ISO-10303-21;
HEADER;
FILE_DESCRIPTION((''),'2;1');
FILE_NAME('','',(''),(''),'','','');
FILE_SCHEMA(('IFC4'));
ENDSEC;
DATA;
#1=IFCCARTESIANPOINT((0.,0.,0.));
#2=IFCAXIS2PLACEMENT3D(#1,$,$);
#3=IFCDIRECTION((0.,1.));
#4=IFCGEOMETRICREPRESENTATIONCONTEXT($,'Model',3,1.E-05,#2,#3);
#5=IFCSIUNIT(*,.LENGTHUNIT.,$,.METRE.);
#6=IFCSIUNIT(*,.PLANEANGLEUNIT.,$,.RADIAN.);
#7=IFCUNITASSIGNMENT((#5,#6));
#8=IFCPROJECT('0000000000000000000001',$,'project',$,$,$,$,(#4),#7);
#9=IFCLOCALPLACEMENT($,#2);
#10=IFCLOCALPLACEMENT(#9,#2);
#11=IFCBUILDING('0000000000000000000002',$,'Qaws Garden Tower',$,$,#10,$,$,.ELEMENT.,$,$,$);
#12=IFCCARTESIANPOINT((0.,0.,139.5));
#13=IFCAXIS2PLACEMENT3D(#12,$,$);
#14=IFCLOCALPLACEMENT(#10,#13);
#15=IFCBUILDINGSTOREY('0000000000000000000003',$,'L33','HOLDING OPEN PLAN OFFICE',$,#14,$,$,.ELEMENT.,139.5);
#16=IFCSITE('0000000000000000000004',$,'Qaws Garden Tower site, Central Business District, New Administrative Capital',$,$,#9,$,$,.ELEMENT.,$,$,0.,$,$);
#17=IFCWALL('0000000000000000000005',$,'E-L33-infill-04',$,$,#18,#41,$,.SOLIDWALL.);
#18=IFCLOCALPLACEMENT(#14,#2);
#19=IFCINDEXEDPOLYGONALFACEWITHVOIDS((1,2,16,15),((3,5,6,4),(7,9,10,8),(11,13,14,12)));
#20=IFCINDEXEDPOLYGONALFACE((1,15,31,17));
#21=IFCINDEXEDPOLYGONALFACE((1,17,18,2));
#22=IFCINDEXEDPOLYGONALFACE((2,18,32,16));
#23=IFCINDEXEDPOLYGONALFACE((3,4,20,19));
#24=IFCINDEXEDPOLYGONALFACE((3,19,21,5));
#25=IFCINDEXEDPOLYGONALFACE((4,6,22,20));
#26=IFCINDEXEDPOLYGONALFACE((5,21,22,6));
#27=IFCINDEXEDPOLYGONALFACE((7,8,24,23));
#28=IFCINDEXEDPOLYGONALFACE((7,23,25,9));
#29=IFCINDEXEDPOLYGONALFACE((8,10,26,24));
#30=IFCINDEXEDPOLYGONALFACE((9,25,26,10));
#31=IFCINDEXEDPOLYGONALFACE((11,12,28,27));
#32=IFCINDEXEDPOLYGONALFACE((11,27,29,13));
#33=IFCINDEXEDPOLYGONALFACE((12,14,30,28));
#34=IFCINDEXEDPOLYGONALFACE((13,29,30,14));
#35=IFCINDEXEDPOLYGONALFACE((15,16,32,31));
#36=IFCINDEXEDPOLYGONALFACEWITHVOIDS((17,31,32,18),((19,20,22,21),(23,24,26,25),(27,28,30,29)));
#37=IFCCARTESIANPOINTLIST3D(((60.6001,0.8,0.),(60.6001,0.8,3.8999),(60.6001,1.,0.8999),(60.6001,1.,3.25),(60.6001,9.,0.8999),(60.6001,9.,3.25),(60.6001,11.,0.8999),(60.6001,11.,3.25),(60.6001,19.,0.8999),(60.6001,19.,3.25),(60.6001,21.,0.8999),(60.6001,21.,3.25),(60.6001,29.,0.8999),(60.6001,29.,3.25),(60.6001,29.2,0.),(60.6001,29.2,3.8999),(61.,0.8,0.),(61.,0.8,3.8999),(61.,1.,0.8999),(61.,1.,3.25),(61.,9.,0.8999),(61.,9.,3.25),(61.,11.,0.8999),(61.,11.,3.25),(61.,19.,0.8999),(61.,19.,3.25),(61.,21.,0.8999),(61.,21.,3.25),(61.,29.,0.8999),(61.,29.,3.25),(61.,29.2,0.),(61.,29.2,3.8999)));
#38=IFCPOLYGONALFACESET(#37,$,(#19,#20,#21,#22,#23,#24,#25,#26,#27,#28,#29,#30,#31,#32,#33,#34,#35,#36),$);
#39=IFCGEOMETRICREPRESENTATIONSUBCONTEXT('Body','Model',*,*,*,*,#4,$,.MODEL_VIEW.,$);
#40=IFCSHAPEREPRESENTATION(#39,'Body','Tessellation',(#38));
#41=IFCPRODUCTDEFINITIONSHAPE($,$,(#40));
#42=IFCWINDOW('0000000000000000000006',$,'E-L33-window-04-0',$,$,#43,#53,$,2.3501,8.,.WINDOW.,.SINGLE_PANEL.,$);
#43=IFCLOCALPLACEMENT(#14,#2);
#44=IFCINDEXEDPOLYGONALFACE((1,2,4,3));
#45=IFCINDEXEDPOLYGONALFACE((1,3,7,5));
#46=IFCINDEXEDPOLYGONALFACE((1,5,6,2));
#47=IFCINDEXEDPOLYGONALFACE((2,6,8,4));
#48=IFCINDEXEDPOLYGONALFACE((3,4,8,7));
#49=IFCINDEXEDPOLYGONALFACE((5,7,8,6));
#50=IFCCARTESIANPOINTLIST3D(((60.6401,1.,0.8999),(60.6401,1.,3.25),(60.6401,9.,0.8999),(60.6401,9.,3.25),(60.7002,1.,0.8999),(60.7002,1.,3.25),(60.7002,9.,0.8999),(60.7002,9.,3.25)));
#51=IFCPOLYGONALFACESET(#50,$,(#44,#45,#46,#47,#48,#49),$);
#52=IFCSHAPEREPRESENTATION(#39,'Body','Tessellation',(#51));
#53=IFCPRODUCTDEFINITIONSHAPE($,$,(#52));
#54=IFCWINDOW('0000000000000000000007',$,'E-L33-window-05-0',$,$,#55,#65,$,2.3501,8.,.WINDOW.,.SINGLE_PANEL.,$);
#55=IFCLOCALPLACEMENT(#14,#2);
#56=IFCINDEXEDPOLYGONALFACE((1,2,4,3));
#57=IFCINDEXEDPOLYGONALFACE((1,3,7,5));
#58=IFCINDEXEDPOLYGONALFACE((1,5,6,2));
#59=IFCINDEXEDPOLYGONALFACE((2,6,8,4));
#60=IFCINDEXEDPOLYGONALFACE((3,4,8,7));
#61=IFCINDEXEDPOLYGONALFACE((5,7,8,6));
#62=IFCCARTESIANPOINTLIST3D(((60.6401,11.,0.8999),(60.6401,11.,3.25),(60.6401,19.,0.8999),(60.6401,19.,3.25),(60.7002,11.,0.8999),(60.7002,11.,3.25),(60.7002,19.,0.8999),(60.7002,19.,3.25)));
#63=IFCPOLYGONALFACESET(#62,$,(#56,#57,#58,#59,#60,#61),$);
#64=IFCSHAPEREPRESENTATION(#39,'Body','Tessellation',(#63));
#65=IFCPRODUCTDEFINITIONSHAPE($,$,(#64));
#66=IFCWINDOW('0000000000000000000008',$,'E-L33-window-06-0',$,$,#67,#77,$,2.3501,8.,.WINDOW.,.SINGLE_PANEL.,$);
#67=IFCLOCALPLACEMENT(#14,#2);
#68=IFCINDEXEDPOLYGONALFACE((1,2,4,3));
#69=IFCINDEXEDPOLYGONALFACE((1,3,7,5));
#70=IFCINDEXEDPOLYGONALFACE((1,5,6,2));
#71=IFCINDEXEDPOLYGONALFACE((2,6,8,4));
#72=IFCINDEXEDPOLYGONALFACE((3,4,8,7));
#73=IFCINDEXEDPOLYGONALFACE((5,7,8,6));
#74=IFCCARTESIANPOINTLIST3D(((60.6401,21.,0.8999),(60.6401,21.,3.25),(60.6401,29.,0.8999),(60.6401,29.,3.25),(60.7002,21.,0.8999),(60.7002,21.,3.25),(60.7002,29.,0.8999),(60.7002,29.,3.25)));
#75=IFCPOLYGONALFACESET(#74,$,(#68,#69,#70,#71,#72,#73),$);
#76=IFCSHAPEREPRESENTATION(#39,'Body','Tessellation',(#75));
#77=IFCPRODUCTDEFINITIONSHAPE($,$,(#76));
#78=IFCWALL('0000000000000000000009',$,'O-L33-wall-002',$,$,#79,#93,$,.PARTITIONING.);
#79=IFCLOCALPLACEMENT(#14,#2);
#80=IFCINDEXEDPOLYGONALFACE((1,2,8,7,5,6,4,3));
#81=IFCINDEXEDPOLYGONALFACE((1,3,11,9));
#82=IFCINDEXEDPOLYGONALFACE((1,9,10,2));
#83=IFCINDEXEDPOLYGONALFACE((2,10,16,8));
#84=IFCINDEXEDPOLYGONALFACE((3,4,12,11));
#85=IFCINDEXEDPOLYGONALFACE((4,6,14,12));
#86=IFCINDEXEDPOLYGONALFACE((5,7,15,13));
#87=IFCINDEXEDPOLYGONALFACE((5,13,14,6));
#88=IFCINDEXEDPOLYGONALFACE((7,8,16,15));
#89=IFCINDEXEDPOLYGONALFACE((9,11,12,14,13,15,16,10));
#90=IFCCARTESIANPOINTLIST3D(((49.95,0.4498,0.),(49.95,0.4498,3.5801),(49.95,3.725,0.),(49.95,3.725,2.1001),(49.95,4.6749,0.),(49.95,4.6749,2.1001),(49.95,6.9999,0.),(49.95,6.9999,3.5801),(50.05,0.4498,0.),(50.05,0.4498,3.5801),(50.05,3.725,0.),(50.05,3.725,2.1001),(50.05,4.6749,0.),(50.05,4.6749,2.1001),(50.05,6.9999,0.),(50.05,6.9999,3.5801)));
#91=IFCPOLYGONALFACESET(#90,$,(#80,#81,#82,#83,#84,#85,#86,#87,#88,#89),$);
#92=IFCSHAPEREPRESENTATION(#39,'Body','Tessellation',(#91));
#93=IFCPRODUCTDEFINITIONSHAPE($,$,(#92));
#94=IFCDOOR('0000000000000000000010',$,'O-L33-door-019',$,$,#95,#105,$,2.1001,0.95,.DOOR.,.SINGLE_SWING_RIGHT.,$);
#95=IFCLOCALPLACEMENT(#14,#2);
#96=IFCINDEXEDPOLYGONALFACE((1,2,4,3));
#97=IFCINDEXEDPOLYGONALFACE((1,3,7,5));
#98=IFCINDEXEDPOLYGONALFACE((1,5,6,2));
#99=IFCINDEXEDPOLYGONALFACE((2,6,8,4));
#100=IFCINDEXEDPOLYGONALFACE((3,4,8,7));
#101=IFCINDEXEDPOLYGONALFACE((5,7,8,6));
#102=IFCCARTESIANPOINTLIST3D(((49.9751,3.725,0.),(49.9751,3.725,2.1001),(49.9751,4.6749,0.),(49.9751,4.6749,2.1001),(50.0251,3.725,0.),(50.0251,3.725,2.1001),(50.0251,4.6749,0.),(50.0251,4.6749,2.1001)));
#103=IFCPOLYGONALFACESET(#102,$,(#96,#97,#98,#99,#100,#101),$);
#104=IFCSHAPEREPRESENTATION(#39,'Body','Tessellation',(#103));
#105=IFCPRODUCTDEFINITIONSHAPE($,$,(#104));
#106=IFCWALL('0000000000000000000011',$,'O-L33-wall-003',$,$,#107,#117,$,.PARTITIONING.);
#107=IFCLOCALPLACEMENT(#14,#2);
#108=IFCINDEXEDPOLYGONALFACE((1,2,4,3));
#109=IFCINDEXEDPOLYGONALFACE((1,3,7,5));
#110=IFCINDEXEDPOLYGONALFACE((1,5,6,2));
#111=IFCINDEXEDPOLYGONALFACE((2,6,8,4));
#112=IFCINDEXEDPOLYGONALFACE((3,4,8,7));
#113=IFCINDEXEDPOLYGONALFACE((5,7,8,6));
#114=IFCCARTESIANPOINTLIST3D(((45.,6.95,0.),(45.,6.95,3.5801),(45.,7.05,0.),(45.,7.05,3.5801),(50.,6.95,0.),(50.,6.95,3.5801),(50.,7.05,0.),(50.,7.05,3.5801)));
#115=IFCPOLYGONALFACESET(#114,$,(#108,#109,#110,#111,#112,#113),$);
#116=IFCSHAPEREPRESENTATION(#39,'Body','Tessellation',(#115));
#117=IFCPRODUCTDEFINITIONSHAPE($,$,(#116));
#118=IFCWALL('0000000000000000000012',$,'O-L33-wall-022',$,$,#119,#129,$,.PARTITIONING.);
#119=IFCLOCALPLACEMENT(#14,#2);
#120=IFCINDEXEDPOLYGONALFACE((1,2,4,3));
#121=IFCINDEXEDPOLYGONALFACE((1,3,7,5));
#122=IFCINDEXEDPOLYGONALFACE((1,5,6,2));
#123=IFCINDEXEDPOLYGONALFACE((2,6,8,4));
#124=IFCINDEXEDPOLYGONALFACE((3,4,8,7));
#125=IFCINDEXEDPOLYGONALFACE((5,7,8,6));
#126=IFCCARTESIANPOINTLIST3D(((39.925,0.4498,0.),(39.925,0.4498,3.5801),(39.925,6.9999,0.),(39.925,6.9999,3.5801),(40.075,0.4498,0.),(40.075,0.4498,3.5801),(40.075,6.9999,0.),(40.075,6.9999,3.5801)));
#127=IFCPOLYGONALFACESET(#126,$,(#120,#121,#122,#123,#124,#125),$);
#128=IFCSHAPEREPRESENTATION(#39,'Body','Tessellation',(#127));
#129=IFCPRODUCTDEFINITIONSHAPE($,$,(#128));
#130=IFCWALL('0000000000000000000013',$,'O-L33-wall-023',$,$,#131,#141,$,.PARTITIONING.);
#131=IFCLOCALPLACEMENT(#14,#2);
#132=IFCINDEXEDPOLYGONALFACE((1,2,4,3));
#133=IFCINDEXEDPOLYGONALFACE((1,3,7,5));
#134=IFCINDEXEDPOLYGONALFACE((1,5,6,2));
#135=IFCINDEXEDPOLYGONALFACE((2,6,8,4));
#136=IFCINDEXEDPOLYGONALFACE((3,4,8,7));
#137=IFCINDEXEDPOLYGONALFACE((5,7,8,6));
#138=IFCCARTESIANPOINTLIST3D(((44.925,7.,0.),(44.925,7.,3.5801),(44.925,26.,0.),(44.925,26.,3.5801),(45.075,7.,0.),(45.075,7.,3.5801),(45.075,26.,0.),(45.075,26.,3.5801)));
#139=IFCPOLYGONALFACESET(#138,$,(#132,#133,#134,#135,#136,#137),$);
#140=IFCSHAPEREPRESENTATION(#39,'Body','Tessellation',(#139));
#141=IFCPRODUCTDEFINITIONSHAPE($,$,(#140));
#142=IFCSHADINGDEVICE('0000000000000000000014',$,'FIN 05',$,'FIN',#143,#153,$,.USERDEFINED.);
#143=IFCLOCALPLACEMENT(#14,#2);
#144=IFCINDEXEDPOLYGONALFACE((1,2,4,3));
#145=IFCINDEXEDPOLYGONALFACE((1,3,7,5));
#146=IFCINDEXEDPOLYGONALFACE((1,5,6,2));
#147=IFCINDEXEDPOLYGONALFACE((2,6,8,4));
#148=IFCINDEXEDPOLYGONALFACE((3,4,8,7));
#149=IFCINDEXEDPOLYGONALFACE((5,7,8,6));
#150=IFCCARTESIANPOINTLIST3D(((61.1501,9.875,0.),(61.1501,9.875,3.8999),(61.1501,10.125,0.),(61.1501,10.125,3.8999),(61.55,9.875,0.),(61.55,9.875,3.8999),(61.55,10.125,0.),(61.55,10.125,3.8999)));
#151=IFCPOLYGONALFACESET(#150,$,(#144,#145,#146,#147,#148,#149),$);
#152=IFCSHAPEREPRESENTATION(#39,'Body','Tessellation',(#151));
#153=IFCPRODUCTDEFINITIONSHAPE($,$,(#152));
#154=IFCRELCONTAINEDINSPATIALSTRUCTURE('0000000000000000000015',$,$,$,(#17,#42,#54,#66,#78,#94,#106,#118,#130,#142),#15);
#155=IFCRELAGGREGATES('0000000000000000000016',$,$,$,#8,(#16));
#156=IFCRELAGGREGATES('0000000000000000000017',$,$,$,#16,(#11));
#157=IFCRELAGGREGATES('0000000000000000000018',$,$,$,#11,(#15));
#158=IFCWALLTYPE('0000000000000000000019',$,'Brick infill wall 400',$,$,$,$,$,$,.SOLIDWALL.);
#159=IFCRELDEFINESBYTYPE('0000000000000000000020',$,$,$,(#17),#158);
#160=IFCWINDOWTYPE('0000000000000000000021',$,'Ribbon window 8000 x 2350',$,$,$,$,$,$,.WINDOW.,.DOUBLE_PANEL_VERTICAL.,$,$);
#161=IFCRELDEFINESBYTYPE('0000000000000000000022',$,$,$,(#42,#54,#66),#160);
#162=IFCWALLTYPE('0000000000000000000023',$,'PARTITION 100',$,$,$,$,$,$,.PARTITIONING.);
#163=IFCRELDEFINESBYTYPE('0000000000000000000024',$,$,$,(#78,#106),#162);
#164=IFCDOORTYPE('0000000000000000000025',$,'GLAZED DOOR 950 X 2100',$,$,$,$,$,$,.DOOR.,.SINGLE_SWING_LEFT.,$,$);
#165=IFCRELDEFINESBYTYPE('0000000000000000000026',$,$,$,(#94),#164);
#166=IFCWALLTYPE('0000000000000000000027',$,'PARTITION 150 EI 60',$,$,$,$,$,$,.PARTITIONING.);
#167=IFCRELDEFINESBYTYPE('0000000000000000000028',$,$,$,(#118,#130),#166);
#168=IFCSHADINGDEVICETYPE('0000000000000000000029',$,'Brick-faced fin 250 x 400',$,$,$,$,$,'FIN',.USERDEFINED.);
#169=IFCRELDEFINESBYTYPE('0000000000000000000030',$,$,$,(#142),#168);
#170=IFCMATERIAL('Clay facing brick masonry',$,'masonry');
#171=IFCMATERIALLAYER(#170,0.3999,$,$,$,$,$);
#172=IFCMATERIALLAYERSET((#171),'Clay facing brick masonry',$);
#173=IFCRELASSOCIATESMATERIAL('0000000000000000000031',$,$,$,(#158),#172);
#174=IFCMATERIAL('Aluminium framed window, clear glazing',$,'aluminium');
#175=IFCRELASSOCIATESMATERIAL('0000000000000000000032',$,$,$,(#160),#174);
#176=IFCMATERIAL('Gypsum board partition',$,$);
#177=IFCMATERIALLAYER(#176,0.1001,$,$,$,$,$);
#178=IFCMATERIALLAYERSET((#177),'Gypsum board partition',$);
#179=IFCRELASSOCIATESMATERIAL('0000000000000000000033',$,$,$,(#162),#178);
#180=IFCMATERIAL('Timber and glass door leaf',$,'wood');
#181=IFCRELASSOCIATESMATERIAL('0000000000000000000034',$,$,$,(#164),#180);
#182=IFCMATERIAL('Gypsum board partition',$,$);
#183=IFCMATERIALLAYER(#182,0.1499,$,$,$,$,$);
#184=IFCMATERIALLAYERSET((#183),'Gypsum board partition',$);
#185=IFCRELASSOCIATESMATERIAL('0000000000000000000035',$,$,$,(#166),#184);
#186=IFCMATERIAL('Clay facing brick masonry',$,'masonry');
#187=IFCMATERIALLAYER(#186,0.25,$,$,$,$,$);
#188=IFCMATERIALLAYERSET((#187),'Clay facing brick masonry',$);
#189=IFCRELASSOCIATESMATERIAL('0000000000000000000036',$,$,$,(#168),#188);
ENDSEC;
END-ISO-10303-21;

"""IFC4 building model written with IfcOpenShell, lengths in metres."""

from ifc_helpers import new_model, si_unit, direction, frame, frame_2d, origin, origin_2d, place, context, subcontext, project, spatial, rectangle, extrude, material, layer, layer_set, type_object, element, fill, save


model = new_model("IFC4")

# Units and contexts
model_context = context("Model", 3, precision=1e-05, world=origin(), true_north=direction((0.0, 1.0)))
body_context = subcontext(model_context, "Body", "Model", "MODEL_VIEW")
ifc_project = project(units=[si_unit("LENGTHUNIT", "METRE"), si_unit("PLANEANGLEUNIT", "RADIAN")], contexts=[model_context])

# Site, building, storey
site_placement = place(None, origin())
site = spatial("IfcSite", under=ifc_project, at=site_placement, Name="Qaws Garden Tower site, Central Business District, New Administrative Capital", CompositionType="ELEMENT", RefElevation=0.0)
building_placement = place(site_placement, origin())
building = spatial("IfcBuilding", under=site, at=building_placement, Name="Qaws Garden Tower", CompositionType="ELEMENT")
storey_placement = place(building_placement, frame((0.0, 0.0, 139.5)))
storey = spatial("IfcBuildingStorey", under=building, at=storey_placement, Name="L33", Description="HOLDING OPEN PLAN OFFICE", CompositionType="ELEMENT", Elevation=139.5)

# Wall, openings, windows
ifc_material_1 = material(Name="Clay facing brick masonry", Category="masonry")
ifc_layer_1 = layer(ifc_material_1, 0.3999)
ifc_layer_set_1 = layer_set([ifc_layer_1], Name="Clay facing brick masonry")
wall_type_1 = type_object("IfcWallType", Name="Brick infill wall 400", PredefinedType="SOLIDWALL", material=ifc_layer_set_1)
wall_1_placement = place(storey_placement, frame((60.8, 0.8, 0.0), z_axis=(0.0, 0.0, 1.0), x_axis=(0.0, 1.0, 0.0)))
wall_1 = element("IfcWall", 1, at=wall_1_placement, inside=storey, type_object=wall_type_1, Name="E-L33-infill-04", PredefinedType="SOLIDWALL", context=body_context, shape_type="SweptSolid", body=[
    extrude(rectangle(XDim=28.3999, YDim=0.3999, at=frame_2d((14.2, 0.0))), origin(), (0.0, 0.0, 1.0), 3.8999),
])
opening_1_placement = place(wall_1_placement, frame((0.2, 0.0, 0.8999)))
opening_1 = element("IfcOpeningElement", 2, at=opening_1_placement, cuts=wall_1, PredefinedType="OPENING", context=body_context, shape_type="SweptSolid", body=[
    extrude(rectangle(XDim=8.0, YDim=2.3501, at=frame_2d((4.0, 1.175))), frame((0.0, 0.21, 0.0), z_axis=(0.0, -1.0, 0.0), x_axis=(1.0, 0.0, 0.0)), (0.0, 0.0, 1.0), 0.4199),
])
opening_2_placement = place(wall_1_placement, frame((10.2, 0.0, 0.8999)))
opening_2 = element("IfcOpeningElement", 3, at=opening_2_placement, cuts=wall_1, PredefinedType="OPENING", context=body_context, shape_type="SweptSolid", body=[
    extrude(rectangle(XDim=8.0, YDim=2.3501, at=frame_2d((4.0, 1.175))), frame((0.0, 0.21, 0.0), z_axis=(0.0, -1.0, 0.0), x_axis=(1.0, 0.0, 0.0)), (0.0, 0.0, 1.0), 0.4199),
])
opening_3_placement = place(wall_1_placement, frame((20.2, 0.0, 0.8999)))
opening_3 = element("IfcOpeningElement", 4, at=opening_3_placement, cuts=wall_1, PredefinedType="OPENING", context=body_context, shape_type="SweptSolid", body=[
    extrude(rectangle(XDim=8.0, YDim=2.3501, at=frame_2d((4.0, 1.175))), frame((0.0, 0.21, 0.0), z_axis=(0.0, -1.0, 0.0), x_axis=(1.0, 0.0, 0.0)), (0.0, 0.0, 1.0), 0.4199),
])
ifc_material_2 = material(Name="Aluminium framed window, clear glazing", Category="aluminium")
window_type = type_object("IfcWindowType", Name="Ribbon window 8000 x 2350", PartitioningType="DOUBLE_PANEL_VERTICAL", PredefinedType="WINDOW", material=ifc_material_2)
window_1_placement = place(opening_1_placement, origin())
window_1 = element("IfcWindow", 5, at=window_1_placement, inside=storey, type_object=window_type, Name="E-L33-window-04-0", OverallHeight=2.3501, OverallWidth=8.0, PartitioningType="SINGLE_PANEL", PredefinedType="WINDOW", context=body_context, shape_type="SweptSolid", body=[
    extrude(rectangle(XDim=8.0, YDim=2.3501, at=frame_2d((4.0, 1.175))), frame((0.0, 0.1599, 0.0), z_axis=(0.0, -1.0, 0.0), x_axis=(1.0, 0.0, 0.0)), (0.0, 0.0, 1.0), 0.0601),
])
fill(opening_1, window_1)
window_2_placement = place(opening_2_placement, origin())
window_2 = element("IfcWindow", 6, at=window_2_placement, inside=storey, type_object=window_type, Name="E-L33-window-05-0", OverallHeight=2.3501, OverallWidth=8.0, PartitioningType="SINGLE_PANEL", PredefinedType="WINDOW", context=body_context, shape_type="SweptSolid", body=[
    extrude(rectangle(XDim=8.0, YDim=2.3501, at=frame_2d((4.0, 1.175))), frame((0.0, 0.1599, 0.0), z_axis=(0.0, -1.0, 0.0), x_axis=(1.0, 0.0, 0.0)), (0.0, 0.0, 1.0), 0.0601),
])
fill(opening_2, window_2)
window_3_placement = place(opening_3_placement, origin())
window_3 = element("IfcWindow", 7, at=window_3_placement, inside=storey, type_object=window_type, Name="E-L33-window-06-0", OverallHeight=2.3501, OverallWidth=8.0, PartitioningType="SINGLE_PANEL", PredefinedType="WINDOW", context=body_context, shape_type="SweptSolid", body=[
    extrude(rectangle(XDim=8.0, YDim=2.3501, at=frame_2d((4.0, 1.175))), frame((0.0, 0.1599, 0.0), z_axis=(0.0, -1.0, 0.0), x_axis=(1.0, 0.0, 0.0)), (0.0, 0.0, 1.0), 0.0601),
])
fill(opening_3, window_3)

# Wall, opening, door
ifc_material_3 = material(Name="Gypsum board partition")
ifc_layer_2 = layer(ifc_material_3, 0.1001)
ifc_layer_set_2 = layer_set([ifc_layer_2], Name="Gypsum board partition")
wall_type_2 = type_object("IfcWallType", Name="PARTITION 100", PredefinedType="PARTITIONING", material=ifc_layer_set_2)
wall_2_placement = place(storey_placement, frame((50.0, 0.45, 0.0), z_axis=(0.0, 0.0, 1.0), x_axis=(0.0, 1.0, 0.0)))
wall_2 = element("IfcWall", 8, at=wall_2_placement, inside=storey, type_object=wall_type_2, Name="O-L33-wall-002", PredefinedType="PARTITIONING", context=body_context, shape_type="SweptSolid", body=[
    extrude(rectangle(XDim=6.55, YDim=0.1001, at=frame_2d((3.2749, 0.0))), origin(), (0.0, 0.0, 1.0), 3.5801),
])
opening_4_placement = place(wall_2_placement, frame((3.2749, 0.0, 0.0)))
opening_4 = element("IfcOpeningElement", 9, at=opening_4_placement, cuts=wall_2, PredefinedType="OPENING", context=body_context, shape_type="SweptSolid", body=[
    extrude(rectangle(XDim=0.95, YDim=2.1001, at=frame_2d((0.4751, 1.05))), frame((0.0, 0.0601, 0.0), z_axis=(0.0, -1.0, 0.0), x_axis=(1.0, 0.0, 0.0)), (0.0, 0.0, 1.0), 0.1201),
])
ifc_material_4 = material(Name="Timber and glass door leaf", Category="wood")
door_type = type_object("IfcDoorType", Name="GLAZED DOOR 950 X 2100", OperationType="SINGLE_SWING_LEFT", PredefinedType="DOOR", material=ifc_material_4)
door_placement = place(opening_4_placement, origin())
door = element("IfcDoor", 10, at=door_placement, inside=storey, type_object=door_type, Name="O-L33-door-019", OperationType="SINGLE_SWING_RIGHT", OverallHeight=2.1001, OverallWidth=0.95, PredefinedType="DOOR", context=body_context, shape_type="SweptSolid", body=[
    extrude(rectangle(XDim=0.95, YDim=2.1001, at=frame_2d((0.4751, 1.05))), frame((0.0, 0.0249, 0.0), z_axis=(0.0, -1.0, 0.0), x_axis=(1.0, 0.0, 0.0)), (0.0, 0.0, 1.0), 0.05),
])
fill(opening_4, door)

# Walls
wall_3_placement = place(storey_placement, frame((45.0, 7.0, 0.0), z_axis=(0.0, 0.0, 1.0), x_axis=(1.0, 0.0, 0.0)))
element("IfcWall", 11, at=wall_3_placement, inside=storey, type_object=wall_type_2, Name="O-L33-wall-003", PredefinedType="PARTITIONING", context=body_context, shape_type="SweptSolid", body=[
    extrude(rectangle(XDim=5.0, YDim=0.1001, at=frame_2d((2.5, 0.0))), origin(), (0.0, 0.0, 1.0), 3.5801),
])
ifc_material_5 = material(Name="Gypsum board partition")
ifc_layer_3 = layer(ifc_material_5, 0.1499)
ifc_layer_set_3 = layer_set([ifc_layer_3], Name="Gypsum board partition")
wall_type_3 = type_object("IfcWallType", Name="PARTITION 150 EI 60", PredefinedType="PARTITIONING", material=ifc_layer_set_3)
wall_4_placement = place(storey_placement, frame((40.0, 0.45, 0.0), z_axis=(0.0, 0.0, 1.0), x_axis=(0.0, 1.0, 0.0)))
element("IfcWall", 12, at=wall_4_placement, inside=storey, type_object=wall_type_3, Name="O-L33-wall-022", PredefinedType="PARTITIONING", context=body_context, shape_type="SweptSolid", body=[
    extrude(rectangle(XDim=6.55, YDim=0.1499, at=frame_2d((3.2749, 0.0))), origin(), (0.0, 0.0, 1.0), 3.5801),
])
wall_5_placement = place(storey_placement, frame((45.0, 7.0, 0.0), z_axis=(0.0, 0.0, 1.0), x_axis=(0.0, 1.0, 0.0)))
element("IfcWall", 13, at=wall_5_placement, inside=storey, type_object=wall_type_3, Name="O-L33-wall-023", PredefinedType="PARTITIONING", context=body_context, shape_type="SweptSolid", body=[
    extrude(rectangle(XDim=19.0, YDim=0.1499, at=frame_2d((9.5, 0.0))), origin(), (0.0, 0.0, 1.0), 3.5801),
])

# Shading device
ifc_material_6 = material(Name="Clay facing brick masonry", Category="masonry")
ifc_layer_4 = layer(ifc_material_6, 0.25)
ifc_layer_set_4 = layer_set([ifc_layer_4], Name="Clay facing brick masonry")
shading_device_type = type_object("IfcShadingDeviceType", Name="Brick-faced fin 250 x 400", ElementType="FIN", PredefinedType="USERDEFINED", material=ifc_layer_set_4)
shading_device_placement = place(storey_placement, frame((61.3501, 10.0, 0.0), z_axis=(0.0, 0.0, 1.0), x_axis=(0.0, 1.0, 0.0)))
element("IfcShadingDevice", 14, at=shading_device_placement, inside=storey, type_object=shading_device_type, Name="FIN 05", ObjectType="FIN", PredefinedType="USERDEFINED", context=body_context, shape_type="SweptSolid", body=[
    extrude(rectangle(XDim=0.25, YDim=0.3999, at=origin_2d()), origin(), (0.0, 0.0, 1.0), 3.8999),
])

save(model, "model.ifc")
